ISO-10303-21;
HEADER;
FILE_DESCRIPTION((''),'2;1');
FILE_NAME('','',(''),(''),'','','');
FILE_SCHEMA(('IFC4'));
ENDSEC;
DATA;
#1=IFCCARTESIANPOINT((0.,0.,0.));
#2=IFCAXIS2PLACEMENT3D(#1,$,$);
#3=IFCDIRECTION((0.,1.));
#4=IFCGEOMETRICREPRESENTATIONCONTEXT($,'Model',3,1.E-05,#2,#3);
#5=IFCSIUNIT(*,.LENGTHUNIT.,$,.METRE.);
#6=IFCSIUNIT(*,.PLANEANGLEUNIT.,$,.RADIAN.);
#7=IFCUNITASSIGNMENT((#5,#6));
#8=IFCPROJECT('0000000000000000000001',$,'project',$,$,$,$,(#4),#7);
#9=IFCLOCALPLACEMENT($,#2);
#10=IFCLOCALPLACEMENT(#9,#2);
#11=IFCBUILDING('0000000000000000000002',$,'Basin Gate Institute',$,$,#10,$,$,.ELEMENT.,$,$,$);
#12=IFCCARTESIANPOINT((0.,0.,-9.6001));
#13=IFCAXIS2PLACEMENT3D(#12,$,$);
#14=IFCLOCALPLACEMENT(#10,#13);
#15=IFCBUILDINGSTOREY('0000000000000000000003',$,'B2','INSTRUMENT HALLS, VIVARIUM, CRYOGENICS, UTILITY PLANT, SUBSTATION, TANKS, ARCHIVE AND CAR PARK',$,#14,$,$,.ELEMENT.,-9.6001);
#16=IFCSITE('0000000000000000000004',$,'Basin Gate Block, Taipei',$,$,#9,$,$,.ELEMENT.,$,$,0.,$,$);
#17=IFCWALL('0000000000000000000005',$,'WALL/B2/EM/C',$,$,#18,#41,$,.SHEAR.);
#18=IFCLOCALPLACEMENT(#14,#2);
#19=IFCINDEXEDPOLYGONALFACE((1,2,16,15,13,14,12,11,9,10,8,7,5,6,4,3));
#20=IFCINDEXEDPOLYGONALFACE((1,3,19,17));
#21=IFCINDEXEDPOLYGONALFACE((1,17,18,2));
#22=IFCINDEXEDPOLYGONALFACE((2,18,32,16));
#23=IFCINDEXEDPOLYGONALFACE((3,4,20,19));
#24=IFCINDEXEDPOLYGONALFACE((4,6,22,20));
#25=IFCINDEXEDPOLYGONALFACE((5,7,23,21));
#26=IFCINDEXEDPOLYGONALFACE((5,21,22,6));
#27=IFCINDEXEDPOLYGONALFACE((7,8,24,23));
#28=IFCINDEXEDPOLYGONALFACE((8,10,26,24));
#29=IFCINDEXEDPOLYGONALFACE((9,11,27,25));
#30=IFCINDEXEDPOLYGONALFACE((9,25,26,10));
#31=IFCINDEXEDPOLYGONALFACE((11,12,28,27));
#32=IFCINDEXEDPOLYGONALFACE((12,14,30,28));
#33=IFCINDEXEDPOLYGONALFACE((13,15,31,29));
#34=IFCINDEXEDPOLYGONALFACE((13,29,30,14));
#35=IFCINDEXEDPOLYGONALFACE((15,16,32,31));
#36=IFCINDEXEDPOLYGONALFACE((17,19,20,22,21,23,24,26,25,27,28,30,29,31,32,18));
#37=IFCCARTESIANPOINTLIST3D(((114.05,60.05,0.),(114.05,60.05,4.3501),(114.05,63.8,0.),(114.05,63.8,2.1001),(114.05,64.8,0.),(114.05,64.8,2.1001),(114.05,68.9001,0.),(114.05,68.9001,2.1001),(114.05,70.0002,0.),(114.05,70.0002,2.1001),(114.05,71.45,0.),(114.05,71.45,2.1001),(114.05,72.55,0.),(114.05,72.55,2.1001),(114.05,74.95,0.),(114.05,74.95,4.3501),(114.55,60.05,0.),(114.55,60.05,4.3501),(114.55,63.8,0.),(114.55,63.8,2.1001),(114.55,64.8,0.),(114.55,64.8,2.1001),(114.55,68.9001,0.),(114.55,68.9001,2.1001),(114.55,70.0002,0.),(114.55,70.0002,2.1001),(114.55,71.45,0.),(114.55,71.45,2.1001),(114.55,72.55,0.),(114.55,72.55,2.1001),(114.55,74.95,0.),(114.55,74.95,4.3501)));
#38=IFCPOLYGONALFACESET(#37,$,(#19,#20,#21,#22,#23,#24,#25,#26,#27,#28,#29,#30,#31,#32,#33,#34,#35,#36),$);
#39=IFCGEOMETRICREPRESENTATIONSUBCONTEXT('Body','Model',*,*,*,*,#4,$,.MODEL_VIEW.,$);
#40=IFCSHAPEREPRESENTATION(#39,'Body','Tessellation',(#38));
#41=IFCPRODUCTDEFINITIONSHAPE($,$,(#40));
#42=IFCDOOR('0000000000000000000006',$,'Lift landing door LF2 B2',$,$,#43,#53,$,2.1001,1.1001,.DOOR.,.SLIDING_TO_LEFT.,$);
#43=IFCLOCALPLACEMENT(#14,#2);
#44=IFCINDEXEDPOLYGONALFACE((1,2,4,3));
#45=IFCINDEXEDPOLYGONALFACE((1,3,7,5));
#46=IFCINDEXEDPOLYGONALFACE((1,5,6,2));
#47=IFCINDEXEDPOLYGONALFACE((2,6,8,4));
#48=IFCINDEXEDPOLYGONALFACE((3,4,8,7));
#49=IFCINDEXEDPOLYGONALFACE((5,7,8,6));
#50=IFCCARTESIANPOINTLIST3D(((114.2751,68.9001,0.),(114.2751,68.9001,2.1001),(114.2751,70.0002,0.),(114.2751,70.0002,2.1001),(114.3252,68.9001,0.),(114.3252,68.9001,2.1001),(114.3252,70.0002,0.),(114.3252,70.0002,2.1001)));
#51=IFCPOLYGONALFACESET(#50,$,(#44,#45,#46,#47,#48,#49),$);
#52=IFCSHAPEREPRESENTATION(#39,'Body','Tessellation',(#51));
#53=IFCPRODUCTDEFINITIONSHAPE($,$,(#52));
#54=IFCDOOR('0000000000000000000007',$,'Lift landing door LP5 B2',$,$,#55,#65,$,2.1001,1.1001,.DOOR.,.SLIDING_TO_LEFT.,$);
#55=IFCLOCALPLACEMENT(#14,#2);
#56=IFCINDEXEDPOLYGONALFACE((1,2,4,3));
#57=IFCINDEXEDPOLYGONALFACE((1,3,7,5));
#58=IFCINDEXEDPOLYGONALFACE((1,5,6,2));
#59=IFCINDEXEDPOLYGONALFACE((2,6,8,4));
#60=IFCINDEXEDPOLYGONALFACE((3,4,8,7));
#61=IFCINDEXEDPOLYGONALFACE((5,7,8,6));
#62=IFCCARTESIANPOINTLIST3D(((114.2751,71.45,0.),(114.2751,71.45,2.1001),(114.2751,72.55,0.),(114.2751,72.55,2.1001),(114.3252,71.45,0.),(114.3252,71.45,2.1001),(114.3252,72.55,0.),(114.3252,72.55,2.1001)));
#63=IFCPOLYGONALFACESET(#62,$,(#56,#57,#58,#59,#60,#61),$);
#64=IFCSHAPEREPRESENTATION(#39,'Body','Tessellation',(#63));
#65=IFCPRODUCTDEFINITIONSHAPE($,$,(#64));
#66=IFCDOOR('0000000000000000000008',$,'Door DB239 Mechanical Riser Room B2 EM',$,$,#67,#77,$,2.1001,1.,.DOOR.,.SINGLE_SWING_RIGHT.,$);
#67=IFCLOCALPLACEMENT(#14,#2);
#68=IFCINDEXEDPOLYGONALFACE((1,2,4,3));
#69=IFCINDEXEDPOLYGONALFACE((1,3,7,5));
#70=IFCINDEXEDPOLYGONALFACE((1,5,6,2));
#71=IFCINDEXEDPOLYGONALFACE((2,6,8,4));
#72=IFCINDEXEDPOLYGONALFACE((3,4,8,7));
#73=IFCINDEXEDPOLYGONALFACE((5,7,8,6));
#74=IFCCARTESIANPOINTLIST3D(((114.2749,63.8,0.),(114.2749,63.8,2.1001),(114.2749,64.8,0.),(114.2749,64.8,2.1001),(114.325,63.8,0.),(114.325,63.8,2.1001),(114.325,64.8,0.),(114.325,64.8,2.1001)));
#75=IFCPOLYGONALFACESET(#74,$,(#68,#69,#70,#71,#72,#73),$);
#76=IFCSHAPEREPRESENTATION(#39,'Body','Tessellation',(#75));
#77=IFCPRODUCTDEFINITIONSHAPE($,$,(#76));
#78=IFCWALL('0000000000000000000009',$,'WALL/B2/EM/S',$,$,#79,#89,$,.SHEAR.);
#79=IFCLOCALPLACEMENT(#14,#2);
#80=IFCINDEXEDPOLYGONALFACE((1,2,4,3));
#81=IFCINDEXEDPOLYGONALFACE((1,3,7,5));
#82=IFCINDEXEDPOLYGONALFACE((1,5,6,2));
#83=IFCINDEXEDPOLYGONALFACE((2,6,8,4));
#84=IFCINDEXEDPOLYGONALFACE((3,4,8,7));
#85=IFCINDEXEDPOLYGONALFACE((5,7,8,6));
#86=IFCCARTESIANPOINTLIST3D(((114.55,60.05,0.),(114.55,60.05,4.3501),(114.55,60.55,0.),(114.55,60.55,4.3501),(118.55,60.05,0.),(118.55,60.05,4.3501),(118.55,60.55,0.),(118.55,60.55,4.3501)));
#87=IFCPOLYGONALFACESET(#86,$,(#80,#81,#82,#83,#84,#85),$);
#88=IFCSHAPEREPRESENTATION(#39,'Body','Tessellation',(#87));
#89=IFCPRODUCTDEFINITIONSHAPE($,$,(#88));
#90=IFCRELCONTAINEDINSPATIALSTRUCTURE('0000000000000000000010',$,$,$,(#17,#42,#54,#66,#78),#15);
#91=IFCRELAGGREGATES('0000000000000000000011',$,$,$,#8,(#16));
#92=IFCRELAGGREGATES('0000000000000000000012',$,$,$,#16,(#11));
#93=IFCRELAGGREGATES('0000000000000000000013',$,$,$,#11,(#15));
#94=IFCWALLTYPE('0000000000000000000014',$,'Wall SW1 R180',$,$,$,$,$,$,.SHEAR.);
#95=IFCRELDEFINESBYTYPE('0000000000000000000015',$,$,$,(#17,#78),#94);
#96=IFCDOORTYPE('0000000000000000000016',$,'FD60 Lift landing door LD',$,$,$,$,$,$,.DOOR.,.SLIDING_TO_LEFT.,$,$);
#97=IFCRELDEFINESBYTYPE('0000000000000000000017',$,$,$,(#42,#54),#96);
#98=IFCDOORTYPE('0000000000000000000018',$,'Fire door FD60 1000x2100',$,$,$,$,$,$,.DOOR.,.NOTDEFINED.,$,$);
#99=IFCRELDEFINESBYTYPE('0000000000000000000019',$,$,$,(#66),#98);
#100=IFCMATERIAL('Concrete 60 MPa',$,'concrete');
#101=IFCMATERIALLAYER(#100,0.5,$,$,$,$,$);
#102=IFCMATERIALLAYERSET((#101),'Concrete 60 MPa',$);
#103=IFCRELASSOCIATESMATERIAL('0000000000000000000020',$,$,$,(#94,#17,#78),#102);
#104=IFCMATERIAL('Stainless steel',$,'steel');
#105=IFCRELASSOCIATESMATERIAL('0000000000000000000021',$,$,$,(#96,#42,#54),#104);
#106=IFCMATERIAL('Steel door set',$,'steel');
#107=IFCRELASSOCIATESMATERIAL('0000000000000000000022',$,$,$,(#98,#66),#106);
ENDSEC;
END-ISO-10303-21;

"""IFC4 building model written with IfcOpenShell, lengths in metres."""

from ifc_helpers import new_model, si_unit, direction, frame, frame_2d, origin, place, context, subcontext, project, spatial, rectangle, extrude, material, layer, layer_set, type_object, element, fill, save


model = new_model("IFC4")

# Units and contexts
model_context = context("Model", 3, precision=1e-05, world=origin(), true_north=direction((0.0, 1.0)))
body_context = subcontext(model_context, "Body", "Model", "MODEL_VIEW")
ifc_project = project(units=[si_unit("LENGTHUNIT", "METRE"), si_unit("PLANEANGLEUNIT", "RADIAN")], contexts=[model_context])

# Site, building, storey
site_placement = place(None, origin())
site = spatial("IfcSite", under=ifc_project, at=site_placement, Name="Basin Gate Block, Taipei", CompositionType="ELEMENT", RefElevation=0.0)
building_placement = place(site_placement, origin())
building = spatial("IfcBuilding", under=site, at=building_placement, Name="Basin Gate Institute", CompositionType="ELEMENT")
storey_placement = place(building_placement, frame((0.0, 0.0, -9.6001)))
storey = spatial("IfcBuildingStorey", under=building, at=storey_placement, Name="B2", Description="INSTRUMENT HALLS, VIVARIUM, CRYOGENICS, UTILITY PLANT, SUBSTATION, TANKS, ARCHIVE AND CAR PARK", CompositionType="ELEMENT", Elevation=-9.6001)

# Wall, openings, doors
ifc_material_1 = material(Name="Concrete 60 MPa", Category="concrete")
ifc_layer_1 = layer(ifc_material_1, 0.5)
ifc_layer_set_1 = layer_set([ifc_layer_1], Name="Concrete 60 MPa")
wall_type_1 = type_object("IfcWallType", Name="Wall SW1 R180", PredefinedType="SHEAR", material=ifc_layer_set_1)
wall_1_placement = place(storey_placement, frame((114.3, 60.05, 0.0), z_axis=(0.0, 0.0, 1.0), x_axis=(0.0, 1.0, 0.0)))
wall_1 = element("IfcWall", 1, at=wall_1_placement, inside=storey, type_object=wall_type_1, material=ifc_layer_set_1, Name="WALL/B2/EM/C", PredefinedType="SHEAR", context=body_context, shape_type="SweptSolid", body=[
    extrude(rectangle(XDim=14.8999, YDim=0.5, at=frame_2d((7.45, 0.0))), origin(), (0.0, 0.0, 1.0), 4.3501),
])
opening_1_placement = place(wall_1_placement, frame((8.8501, 0.0, 0.0)))
opening_1 = element("IfcOpeningElement", 2, at=opening_1_placement, cuts=wall_1, PredefinedType="OPENING", context=body_context, shape_type="SweptSolid", body=[
    extrude(rectangle(XDim=1.1001, YDim=2.1001, at=frame_2d((0.55, 1.05))), frame((0.0, 0.26, 0.0), z_axis=(0.0, -1.0, 0.0), x_axis=(1.0, 0.0, 0.0)), (0.0, 0.0, 1.0), 0.52),
])
opening_2_placement = place(wall_1_placement, frame((11.3999, 0.0, 0.0)))
opening_2 = element("IfcOpeningElement", 3, at=opening_2_placement, cuts=wall_1, PredefinedType="OPENING", context=body_context, shape_type="SweptSolid", body=[
    extrude(rectangle(XDim=1.1001, YDim=2.1001, at=frame_2d((0.55, 1.05))), frame((0.0, 0.26, 0.0), z_axis=(0.0, -1.0, 0.0), x_axis=(1.0, 0.0, 0.0)), (0.0, 0.0, 1.0), 0.52),
])
opening_3_placement = place(wall_1_placement, frame((3.75, 0.0, 0.0)))
opening_3 = element("IfcOpeningElement", 4, at=opening_3_placement, cuts=wall_1, PredefinedType="OPENING", context=body_context, shape_type="SweptSolid", body=[
    extrude(rectangle(XDim=1.0, YDim=2.1001, at=frame_2d((0.5, 1.05))), frame((0.0, 0.26, 0.0), z_axis=(0.0, -1.0, 0.0), x_axis=(1.0, 0.0, 0.0)), (0.0, 0.0, 1.0), 0.52),
])
ifc_material_2 = material(Name="Stainless steel", Category="steel")
door_type_1 = type_object("IfcDoorType", Name="FD60 Lift landing door LD", OperationType="SLIDING_TO_LEFT", PredefinedType="DOOR", material=ifc_material_2)
door_1_placement = place(opening_1_placement, origin())
door_1 = element("IfcDoor", 5, at=door_1_placement, inside=storey, type_object=door_type_1, material=ifc_material_2, Name="Lift landing door LF2 B2", OperationType="SLIDING_TO_LEFT", OverallHeight=2.1001, OverallWidth=1.1001, PredefinedType="DOOR", context=body_context, shape_type="SweptSolid", body=[
    extrude(rectangle(XDim=1.1001, YDim=2.1001, at=frame_2d((0.55, 1.05))), frame((0.0, 0.0249, 0.0), z_axis=(0.0, -1.0, 0.0), x_axis=(1.0, 0.0, 0.0)), (0.0, 0.0, 1.0), 0.05),
])
fill(opening_1, door_1)
door_2_placement = place(opening_2_placement, origin())
door_2 = element("IfcDoor", 6, at=door_2_placement, inside=storey, type_object=door_type_1, material=ifc_material_2, Name="Lift landing door LP5 B2", OperationType="SLIDING_TO_LEFT", OverallHeight=2.1001, OverallWidth=1.1001, PredefinedType="DOOR", context=body_context, shape_type="SweptSolid", body=[
    extrude(rectangle(XDim=1.1001, YDim=2.1001, at=frame_2d((0.55, 1.05))), frame((0.0, 0.0249, 0.0), z_axis=(0.0, -1.0, 0.0), x_axis=(1.0, 0.0, 0.0)), (0.0, 0.0, 1.0), 0.05),
])
fill(opening_2, door_2)
ifc_material_3 = material(Name="Steel door set", Category="steel")
door_type_2 = type_object("IfcDoorType", Name="Fire door FD60 1000x2100", OperationType="NOTDEFINED", PredefinedType="DOOR", material=ifc_material_3)
door_3_placement = place(opening_3_placement, frame((1.0, 0.0, 0.0), z_axis=(0.0, 0.0, 1.0), x_axis=(-1.0, 0.0, 0.0)))
door_3 = element("IfcDoor", 7, at=door_3_placement, inside=storey, type_object=door_type_2, material=ifc_material_3, Name="Door DB239 Mechanical Riser Room B2 EM", OperationType="SINGLE_SWING_RIGHT", OverallHeight=2.1001, OverallWidth=1.0, PredefinedType="DOOR", context=body_context, shape_type="SweptSolid", body=[
    extrude(rectangle(XDim=1.0, YDim=2.1001, at=frame_2d((0.5, 1.05))), frame((0.0, 0.0249, 0.0), z_axis=(0.0, -1.0, 0.0), x_axis=(1.0, 0.0, 0.0)), (0.0, 0.0, 1.0), 0.05),
])
fill(opening_3, door_3)

# Wall
wall_2_placement = place(storey_placement, frame((118.55, 60.3, 0.0), z_axis=(0.0, 0.0, 1.0), x_axis=(-1.0, 0.0, 0.0)))
element("IfcWall", 8, at=wall_2_placement, inside=storey, type_object=wall_type_1, material=ifc_layer_set_1, Name="WALL/B2/EM/S", PredefinedType="SHEAR", context=body_context, shape_type="SweptSolid", body=[
    extrude(rectangle(XDim=4.0, YDim=0.5, at=frame_2d((2.0, 0.0))), origin(), (0.0, 0.0, 1.0), 4.3501),
])

save(model, "model.ifc")
